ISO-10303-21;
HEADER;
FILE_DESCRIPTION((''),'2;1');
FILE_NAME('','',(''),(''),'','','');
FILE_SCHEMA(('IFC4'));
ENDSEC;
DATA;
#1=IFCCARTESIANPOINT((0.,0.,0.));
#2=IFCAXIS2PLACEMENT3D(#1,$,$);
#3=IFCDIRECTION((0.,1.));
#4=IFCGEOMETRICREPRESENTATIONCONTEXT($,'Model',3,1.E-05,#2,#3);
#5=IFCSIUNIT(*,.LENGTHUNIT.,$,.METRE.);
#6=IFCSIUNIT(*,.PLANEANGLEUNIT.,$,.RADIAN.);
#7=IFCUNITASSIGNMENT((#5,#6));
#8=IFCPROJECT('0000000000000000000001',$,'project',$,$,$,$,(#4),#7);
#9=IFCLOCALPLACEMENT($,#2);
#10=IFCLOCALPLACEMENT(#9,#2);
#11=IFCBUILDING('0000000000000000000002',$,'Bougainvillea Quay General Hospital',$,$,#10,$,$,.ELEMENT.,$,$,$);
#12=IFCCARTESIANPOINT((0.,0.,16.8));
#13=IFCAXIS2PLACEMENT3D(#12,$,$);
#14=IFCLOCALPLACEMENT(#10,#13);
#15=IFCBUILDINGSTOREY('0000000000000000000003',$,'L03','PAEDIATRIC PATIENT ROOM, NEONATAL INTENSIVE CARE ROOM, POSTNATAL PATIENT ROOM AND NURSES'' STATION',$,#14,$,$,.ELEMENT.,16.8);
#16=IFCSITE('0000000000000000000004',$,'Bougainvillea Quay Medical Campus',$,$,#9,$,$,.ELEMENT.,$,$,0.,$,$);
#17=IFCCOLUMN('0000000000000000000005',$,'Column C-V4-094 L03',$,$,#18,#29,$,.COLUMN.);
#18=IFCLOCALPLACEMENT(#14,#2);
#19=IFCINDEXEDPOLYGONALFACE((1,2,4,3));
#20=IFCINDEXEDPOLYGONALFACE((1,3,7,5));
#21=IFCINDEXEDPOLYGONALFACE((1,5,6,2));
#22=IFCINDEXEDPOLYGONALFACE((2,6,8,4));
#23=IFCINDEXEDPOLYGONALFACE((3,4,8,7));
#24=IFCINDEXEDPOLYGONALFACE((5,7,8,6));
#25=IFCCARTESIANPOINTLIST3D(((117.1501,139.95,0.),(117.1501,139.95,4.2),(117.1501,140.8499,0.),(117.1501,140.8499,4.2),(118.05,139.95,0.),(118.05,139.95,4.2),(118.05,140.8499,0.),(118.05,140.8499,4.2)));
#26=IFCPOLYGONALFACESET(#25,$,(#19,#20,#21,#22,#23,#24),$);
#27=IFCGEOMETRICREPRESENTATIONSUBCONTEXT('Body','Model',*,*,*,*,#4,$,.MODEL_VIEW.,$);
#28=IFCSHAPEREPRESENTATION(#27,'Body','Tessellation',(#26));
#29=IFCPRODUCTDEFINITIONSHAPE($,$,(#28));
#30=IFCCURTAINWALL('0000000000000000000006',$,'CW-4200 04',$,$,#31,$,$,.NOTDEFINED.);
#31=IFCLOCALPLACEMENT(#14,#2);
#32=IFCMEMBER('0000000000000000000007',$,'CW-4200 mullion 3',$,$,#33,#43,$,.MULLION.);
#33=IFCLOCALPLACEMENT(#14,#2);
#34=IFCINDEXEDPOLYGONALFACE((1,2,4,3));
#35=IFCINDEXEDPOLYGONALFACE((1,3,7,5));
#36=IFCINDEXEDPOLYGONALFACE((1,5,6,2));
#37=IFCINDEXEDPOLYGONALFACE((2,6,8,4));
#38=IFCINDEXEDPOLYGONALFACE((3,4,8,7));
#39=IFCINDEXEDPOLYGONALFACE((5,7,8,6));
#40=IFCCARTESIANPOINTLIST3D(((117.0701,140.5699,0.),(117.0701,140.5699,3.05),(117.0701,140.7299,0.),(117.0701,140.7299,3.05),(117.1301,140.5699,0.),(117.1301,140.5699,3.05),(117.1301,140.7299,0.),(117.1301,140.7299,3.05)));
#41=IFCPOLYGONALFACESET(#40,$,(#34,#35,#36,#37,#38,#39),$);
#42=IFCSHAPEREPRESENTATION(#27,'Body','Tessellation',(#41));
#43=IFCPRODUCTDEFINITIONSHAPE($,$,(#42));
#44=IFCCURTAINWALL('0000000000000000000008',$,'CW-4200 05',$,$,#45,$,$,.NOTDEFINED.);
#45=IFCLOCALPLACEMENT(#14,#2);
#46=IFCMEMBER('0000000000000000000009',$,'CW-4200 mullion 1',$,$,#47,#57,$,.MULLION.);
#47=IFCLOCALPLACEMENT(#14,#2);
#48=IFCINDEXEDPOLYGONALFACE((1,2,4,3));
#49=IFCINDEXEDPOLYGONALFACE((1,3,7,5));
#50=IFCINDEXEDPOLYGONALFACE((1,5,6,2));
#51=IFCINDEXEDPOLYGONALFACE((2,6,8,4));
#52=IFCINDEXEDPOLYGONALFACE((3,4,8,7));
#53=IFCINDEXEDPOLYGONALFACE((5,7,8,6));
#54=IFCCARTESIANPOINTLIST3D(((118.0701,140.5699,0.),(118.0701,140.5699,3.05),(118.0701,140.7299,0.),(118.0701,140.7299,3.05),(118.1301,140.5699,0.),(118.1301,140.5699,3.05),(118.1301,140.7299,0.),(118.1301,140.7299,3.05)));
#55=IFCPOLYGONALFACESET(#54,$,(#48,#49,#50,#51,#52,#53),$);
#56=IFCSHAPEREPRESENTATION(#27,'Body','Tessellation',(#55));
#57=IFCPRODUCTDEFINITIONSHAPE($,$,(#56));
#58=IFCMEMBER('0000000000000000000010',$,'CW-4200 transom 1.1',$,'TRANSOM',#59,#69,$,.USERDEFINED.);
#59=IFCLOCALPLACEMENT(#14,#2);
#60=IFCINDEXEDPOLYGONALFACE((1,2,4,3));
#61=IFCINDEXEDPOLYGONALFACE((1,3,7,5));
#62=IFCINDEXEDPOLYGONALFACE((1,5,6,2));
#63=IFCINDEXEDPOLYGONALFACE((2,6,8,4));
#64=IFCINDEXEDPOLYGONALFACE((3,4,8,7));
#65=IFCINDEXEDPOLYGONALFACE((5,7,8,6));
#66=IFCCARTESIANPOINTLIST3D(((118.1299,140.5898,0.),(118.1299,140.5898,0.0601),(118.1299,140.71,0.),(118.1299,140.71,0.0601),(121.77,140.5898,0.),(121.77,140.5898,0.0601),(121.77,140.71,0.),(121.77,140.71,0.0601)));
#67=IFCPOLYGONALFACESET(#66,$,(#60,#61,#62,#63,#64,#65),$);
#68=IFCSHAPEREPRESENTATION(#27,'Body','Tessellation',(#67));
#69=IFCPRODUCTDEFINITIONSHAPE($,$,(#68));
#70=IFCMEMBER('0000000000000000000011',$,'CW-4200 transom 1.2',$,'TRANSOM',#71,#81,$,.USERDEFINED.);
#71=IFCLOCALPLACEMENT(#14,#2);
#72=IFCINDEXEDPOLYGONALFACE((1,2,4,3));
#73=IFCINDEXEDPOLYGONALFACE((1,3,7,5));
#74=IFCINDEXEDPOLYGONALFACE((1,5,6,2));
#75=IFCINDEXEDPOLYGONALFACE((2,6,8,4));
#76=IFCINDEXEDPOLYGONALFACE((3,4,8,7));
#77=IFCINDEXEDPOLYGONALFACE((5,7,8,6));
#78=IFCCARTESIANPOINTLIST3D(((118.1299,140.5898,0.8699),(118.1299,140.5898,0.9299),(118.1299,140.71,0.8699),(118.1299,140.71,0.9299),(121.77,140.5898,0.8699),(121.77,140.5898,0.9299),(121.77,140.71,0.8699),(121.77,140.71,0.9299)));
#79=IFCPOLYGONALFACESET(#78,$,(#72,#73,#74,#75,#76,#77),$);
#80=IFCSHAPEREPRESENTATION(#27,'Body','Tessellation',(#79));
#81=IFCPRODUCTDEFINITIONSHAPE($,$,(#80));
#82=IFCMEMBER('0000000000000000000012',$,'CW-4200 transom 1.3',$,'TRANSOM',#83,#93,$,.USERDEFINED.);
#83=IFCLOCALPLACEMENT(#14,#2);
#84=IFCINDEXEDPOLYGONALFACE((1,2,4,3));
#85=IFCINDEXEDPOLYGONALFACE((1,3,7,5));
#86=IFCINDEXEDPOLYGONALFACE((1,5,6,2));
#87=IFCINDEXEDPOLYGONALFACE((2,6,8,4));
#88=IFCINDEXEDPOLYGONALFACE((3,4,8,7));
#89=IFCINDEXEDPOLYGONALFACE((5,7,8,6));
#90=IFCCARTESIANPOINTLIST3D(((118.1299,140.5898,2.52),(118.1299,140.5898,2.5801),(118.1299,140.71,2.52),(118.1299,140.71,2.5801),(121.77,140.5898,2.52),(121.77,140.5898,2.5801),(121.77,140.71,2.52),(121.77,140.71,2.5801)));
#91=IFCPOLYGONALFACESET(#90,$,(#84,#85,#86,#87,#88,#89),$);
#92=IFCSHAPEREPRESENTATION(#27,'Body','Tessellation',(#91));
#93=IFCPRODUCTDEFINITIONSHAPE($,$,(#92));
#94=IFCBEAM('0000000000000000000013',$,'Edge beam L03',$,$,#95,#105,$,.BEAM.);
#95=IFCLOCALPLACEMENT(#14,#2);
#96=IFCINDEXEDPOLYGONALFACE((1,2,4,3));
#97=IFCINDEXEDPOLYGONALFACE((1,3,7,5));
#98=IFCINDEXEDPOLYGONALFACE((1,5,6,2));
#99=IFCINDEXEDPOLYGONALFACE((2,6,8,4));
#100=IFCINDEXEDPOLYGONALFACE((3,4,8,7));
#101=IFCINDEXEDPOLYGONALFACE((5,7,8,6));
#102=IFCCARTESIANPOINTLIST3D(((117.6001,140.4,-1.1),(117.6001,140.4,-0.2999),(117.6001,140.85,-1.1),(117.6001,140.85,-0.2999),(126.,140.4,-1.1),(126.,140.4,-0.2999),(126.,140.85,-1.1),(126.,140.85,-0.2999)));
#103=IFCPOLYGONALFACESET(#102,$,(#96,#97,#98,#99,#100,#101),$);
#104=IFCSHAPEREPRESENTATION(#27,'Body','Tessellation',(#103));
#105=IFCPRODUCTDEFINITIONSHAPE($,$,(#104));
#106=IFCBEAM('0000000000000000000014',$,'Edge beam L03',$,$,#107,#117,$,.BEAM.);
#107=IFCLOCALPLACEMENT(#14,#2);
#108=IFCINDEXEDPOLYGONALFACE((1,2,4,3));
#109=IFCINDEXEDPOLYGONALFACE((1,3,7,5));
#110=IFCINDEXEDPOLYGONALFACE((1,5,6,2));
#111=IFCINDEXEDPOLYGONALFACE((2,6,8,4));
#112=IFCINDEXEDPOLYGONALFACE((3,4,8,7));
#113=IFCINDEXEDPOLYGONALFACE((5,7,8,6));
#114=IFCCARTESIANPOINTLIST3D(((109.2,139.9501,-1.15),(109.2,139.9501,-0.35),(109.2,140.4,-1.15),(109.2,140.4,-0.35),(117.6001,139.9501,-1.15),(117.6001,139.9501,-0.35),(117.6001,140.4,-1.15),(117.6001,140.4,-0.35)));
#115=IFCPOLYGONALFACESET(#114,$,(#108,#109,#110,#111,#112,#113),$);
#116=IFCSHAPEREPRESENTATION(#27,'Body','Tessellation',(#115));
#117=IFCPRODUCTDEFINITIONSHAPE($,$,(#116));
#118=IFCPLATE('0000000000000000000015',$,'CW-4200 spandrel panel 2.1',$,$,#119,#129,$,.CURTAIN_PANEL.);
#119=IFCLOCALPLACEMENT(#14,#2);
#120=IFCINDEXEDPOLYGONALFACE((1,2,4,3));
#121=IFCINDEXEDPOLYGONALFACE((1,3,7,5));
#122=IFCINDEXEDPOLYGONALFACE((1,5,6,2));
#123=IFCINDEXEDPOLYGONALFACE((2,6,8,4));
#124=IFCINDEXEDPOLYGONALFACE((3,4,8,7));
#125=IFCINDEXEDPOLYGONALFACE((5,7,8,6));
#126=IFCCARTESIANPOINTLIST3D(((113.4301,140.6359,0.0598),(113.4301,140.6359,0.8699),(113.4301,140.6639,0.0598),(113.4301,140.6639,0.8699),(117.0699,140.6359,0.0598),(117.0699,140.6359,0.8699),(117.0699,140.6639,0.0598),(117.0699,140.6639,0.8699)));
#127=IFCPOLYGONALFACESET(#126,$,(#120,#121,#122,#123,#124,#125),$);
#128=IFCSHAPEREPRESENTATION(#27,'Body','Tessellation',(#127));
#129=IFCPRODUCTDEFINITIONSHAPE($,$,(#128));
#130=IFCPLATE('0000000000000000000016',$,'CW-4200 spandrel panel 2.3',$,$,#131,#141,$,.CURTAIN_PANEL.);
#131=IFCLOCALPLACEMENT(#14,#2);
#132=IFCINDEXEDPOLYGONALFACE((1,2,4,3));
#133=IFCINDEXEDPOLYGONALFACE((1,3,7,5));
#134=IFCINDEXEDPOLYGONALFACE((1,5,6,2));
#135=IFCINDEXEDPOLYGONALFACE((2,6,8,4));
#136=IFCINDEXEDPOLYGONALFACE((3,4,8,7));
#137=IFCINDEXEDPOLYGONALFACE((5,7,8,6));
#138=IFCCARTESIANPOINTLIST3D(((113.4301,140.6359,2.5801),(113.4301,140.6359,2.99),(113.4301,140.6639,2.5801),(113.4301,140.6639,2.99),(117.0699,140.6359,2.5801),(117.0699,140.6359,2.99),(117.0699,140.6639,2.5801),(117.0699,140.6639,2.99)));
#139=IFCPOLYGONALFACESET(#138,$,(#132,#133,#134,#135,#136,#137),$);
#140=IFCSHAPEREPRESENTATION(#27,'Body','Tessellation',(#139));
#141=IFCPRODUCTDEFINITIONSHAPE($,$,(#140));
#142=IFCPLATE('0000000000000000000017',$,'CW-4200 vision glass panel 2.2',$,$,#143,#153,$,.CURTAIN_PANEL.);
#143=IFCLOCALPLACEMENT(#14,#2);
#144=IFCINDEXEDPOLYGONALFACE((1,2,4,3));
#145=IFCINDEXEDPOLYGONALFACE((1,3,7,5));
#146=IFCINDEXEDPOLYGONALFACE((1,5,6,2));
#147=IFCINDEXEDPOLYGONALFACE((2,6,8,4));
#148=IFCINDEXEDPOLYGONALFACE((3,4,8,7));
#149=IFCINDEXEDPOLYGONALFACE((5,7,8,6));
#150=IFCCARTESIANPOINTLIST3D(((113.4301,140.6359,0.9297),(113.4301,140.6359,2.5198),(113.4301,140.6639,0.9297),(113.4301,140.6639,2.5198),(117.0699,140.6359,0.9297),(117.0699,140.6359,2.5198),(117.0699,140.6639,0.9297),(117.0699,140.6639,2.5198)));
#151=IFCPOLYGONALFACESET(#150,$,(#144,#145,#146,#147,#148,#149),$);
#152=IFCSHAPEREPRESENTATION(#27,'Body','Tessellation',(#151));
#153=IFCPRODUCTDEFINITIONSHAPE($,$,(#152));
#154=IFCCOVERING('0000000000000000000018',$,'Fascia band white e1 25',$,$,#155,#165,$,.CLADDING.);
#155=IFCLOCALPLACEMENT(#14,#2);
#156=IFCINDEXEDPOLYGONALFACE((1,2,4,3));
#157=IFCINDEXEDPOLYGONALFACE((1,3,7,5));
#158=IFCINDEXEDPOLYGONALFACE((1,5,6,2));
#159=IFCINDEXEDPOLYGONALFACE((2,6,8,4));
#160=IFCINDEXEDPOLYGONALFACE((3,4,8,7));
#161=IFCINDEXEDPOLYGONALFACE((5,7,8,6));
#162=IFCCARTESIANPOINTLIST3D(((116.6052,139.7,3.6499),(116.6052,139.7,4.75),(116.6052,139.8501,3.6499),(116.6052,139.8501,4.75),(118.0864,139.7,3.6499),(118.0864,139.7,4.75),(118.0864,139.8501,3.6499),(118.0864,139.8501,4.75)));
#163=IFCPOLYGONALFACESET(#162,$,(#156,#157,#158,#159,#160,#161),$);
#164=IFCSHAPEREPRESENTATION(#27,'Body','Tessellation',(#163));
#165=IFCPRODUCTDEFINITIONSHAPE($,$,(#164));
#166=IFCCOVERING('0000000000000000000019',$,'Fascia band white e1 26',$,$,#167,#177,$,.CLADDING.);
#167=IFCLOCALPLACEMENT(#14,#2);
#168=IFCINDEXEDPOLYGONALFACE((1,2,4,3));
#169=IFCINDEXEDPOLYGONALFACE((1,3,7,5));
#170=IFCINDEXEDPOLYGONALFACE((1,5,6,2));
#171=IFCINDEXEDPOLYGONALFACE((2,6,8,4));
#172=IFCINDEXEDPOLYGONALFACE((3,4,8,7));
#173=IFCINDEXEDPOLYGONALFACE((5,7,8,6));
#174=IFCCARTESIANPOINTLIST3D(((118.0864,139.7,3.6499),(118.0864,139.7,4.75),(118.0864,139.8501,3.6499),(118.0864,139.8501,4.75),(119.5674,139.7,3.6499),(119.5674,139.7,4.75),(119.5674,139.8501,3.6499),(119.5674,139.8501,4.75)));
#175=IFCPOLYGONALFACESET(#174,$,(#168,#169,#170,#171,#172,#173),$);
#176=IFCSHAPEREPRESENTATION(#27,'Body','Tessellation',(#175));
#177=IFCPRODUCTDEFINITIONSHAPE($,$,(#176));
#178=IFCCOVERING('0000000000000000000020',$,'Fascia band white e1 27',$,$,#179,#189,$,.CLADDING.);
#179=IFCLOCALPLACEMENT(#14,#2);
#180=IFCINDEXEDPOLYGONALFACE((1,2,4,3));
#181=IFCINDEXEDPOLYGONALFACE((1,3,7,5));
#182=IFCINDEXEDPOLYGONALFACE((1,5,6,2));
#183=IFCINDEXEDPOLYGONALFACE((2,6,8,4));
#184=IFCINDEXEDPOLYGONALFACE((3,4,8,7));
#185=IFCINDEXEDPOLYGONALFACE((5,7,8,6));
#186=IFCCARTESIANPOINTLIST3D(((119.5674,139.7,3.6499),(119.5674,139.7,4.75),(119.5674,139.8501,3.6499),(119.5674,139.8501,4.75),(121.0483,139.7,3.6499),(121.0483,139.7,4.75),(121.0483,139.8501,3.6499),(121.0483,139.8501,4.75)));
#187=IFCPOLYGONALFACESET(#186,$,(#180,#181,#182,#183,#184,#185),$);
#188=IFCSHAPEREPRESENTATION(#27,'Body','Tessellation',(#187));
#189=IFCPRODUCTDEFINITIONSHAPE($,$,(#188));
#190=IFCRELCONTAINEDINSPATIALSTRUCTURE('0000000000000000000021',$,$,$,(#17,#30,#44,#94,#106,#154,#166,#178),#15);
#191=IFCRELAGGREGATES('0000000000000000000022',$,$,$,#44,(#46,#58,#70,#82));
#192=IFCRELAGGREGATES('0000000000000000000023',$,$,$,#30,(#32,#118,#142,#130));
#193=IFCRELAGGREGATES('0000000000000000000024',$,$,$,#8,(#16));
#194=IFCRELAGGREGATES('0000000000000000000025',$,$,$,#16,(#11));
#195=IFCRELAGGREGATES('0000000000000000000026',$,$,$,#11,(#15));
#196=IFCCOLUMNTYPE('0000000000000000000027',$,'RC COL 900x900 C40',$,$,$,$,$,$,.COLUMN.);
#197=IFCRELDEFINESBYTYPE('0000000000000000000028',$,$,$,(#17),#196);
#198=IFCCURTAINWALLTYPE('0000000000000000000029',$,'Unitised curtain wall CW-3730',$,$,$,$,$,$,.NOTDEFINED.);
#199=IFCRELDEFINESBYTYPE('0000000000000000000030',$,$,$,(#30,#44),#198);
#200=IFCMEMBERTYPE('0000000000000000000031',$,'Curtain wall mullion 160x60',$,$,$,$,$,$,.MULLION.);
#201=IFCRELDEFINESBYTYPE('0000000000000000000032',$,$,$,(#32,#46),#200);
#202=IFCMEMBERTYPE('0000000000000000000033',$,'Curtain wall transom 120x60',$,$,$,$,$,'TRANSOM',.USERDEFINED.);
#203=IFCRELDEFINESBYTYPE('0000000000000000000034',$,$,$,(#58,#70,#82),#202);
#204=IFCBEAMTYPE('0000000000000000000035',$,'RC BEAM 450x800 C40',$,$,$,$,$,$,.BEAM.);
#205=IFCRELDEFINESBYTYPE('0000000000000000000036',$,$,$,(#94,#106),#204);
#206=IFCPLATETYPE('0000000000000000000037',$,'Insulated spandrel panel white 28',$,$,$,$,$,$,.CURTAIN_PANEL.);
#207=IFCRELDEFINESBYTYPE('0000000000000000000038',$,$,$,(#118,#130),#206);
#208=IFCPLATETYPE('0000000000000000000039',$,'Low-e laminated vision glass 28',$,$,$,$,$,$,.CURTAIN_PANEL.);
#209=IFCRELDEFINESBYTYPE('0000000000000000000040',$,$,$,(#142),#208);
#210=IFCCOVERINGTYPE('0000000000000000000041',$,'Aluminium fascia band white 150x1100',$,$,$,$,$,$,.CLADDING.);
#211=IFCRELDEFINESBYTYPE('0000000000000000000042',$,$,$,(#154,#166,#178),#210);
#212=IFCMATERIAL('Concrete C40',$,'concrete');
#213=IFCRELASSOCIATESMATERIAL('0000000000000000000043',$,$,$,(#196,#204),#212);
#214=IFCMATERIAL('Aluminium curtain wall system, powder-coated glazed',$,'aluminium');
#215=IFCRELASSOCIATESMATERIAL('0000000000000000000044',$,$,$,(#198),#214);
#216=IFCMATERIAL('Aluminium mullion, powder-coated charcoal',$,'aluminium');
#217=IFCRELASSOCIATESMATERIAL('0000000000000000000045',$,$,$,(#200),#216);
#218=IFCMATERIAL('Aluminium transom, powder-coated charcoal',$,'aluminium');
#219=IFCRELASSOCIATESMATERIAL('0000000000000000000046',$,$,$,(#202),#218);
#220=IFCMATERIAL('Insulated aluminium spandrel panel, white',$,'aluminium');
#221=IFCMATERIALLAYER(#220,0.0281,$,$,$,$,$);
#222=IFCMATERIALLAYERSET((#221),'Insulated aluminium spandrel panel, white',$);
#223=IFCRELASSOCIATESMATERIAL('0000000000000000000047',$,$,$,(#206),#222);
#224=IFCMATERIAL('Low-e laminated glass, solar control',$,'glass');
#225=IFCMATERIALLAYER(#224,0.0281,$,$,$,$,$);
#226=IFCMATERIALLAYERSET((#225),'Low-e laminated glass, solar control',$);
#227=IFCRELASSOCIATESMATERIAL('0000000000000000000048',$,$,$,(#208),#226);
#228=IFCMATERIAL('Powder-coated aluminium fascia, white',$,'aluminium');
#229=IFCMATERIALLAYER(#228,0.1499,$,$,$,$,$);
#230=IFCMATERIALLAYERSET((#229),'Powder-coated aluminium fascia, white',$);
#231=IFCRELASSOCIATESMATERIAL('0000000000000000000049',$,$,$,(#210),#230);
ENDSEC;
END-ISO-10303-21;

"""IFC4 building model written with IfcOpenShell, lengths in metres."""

from ifc_helpers import new_model, si_unit, direction, frame, origin, origin_2d, place, context, subcontext, project, spatial, polyline, rectangle, outline, extrude, material, layer, layer_set, material_profile, profile_set, type_object, element, aggregate, save


model = new_model("IFC4")

# Units and contexts
model_context = context("Model", 3, precision=1e-05, world=origin(), true_north=direction((0.0, 1.0)))
body_context = subcontext(model_context, "Body", "Model", "MODEL_VIEW")
ifc_project = project(units=[si_unit("LENGTHUNIT", "METRE"), si_unit("PLANEANGLEUNIT", "RADIAN")], contexts=[model_context])

# Site, building, storey
site_placement = place(None, origin())
site = spatial("IfcSite", under=ifc_project, at=site_placement, Name="Bougainvillea Quay Medical Campus", CompositionType="ELEMENT", RefElevation=0.0)
building_placement = place(site_placement, origin())
building = spatial("IfcBuilding", under=site, at=building_placement, Name="Bougainvillea Quay General Hospital", CompositionType="ELEMENT")
storey_placement = place(building_placement, frame((0.0, 0.0, 16.8)))
storey = spatial("IfcBuildingStorey", under=building, at=storey_placement, Name="L03", Description="PAEDIATRIC PATIENT ROOM, NEONATAL INTENSIVE CARE ROOM, POSTNATAL PATIENT ROOM AND NURSES' STATION", CompositionType="ELEMENT", Elevation=16.8)

# Column
ifc_material_1 = material(Name="Concrete C40", Category="concrete")
ifc_material_profile_1 = material_profile(ifc_material_1, rectangle(XDim=0.8999, YDim=0.8999, at=origin_2d()))
ifc_profile_set_1 = profile_set([ifc_material_profile_1], Name="Concrete C40")
column_type = type_object("IfcColumnType", Name="RC COL 900x900 C40", PredefinedType="COLUMN", material=ifc_profile_set_1)
column_placement = place(storey_placement, frame((117.6001, 140.3999, 0.0), z_axis=(0.0, 0.0, 1.0), x_axis=(1.0, 0.0, 0.0)))
element("IfcColumn", 1, at=column_placement, inside=storey, type_object=column_type, Name="Column C-V4-094 L03", PredefinedType="COLUMN", context=body_context, shape_type="SweptSolid", body=[
    extrude(rectangle(XDim=0.8999, YDim=0.8999, at=origin_2d()), origin(), (0.0, 0.0, 1.0), 4.2),
])

# Curtain wall, member
ifc_material_2 = material(Name="Aluminium curtain wall system, powder-coated glazed", Category="aluminium")
curtain_wall_type = type_object("IfcCurtainWallType", Name="Unitised curtain wall CW-3730", PredefinedType="NOTDEFINED", material=ifc_material_2)
curtain_wall_1_placement = place(storey_placement, origin())
curtain_wall_1 = element("IfcCurtainWall", 2, at=curtain_wall_1_placement, inside=storey, type_object=curtain_wall_type, Name="CW-4200 04", PredefinedType="NOTDEFINED")
ifc_material_3 = material(Name="Aluminium mullion, powder-coated charcoal", Category="aluminium")
ifc_material_profile_2 = material_profile(ifc_material_3, rectangle(XDim=0.1599, YDim=0.0601, at=origin_2d()))
ifc_profile_set_2 = profile_set([ifc_material_profile_2], Name="Aluminium mullion, powder-coated charcoal")
member_type_1 = type_object("IfcMemberType", Name="Curtain wall mullion 160x60", PredefinedType="MULLION", material=ifc_profile_set_2)
member_1_placement = place(storey_placement, frame((117.1001, 140.6499, 0.0), z_axis=(0.0, 0.0, 1.0), x_axis=(0.0, 1.0, 0.0)))
member_1 = element("IfcMember", 3, at=member_1_placement, type_object=member_type_1, Name="CW-4200 mullion 3", PredefinedType="MULLION", context=body_context, shape_type="SweptSolid", body=[
    extrude(rectangle(XDim=0.1599, YDim=0.0601, at=origin_2d()), origin(), (0.0, 0.0, 1.0), 3.05),
])

# Curtain wall, members
curtain_wall_2_placement = place(storey_placement, origin())
curtain_wall_2 = element("IfcCurtainWall", 4, at=curtain_wall_2_placement, inside=storey, type_object=curtain_wall_type, Name="CW-4200 05", PredefinedType="NOTDEFINED")
member_2_placement = place(storey_placement, frame((118.1001, 140.6499, 0.0), z_axis=(0.0, 0.0, 1.0), x_axis=(0.0, 1.0, 0.0)))
member_2 = element("IfcMember", 5, at=member_2_placement, type_object=member_type_1, Name="CW-4200 mullion 1", PredefinedType="MULLION", context=body_context, shape_type="SweptSolid", body=[
    extrude(rectangle(XDim=0.1599, YDim=0.0601, at=origin_2d()), origin(), (0.0, 0.0, 1.0), 3.05),
])
ifc_material_4 = material(Name="Aluminium transom, powder-coated charcoal", Category="aluminium")
ifc_material_profile_3 = material_profile(ifc_material_4, rectangle(XDim=0.1201, YDim=0.0601, at=origin_2d()))
ifc_profile_set_3 = profile_set([ifc_material_profile_3], Name="Aluminium transom, powder-coated charcoal")
member_type_2 = type_object("IfcMemberType", Name="Curtain wall transom 120x60", ElementType="TRANSOM", PredefinedType="USERDEFINED", material=ifc_profile_set_3)
member_3_placement = place(storey_placement, frame((118.1299, 140.6499, 0.03), z_axis=(1.0, 0.0, 0.0), x_axis=(0.0, 1.0, 0.0)))
member_3 = element("IfcMember", 6, at=member_3_placement, type_object=member_type_2, Name="CW-4200 transom 1.1", ObjectType="TRANSOM", PredefinedType="USERDEFINED", context=body_context, shape_type="SweptSolid", body=[
    extrude(rectangle(XDim=0.1201, YDim=0.0601, at=origin_2d()), origin(), (0.0, 0.0, 1.0), 3.6401),
])
member_4_placement = place(storey_placement, frame((118.1299, 140.6499, 0.8999), z_axis=(1.0, 0.0, 0.0), x_axis=(0.0, 1.0, 0.0)))
member_4 = element("IfcMember", 7, at=member_4_placement, type_object=member_type_2, Name="CW-4200 transom 1.2", ObjectType="TRANSOM", PredefinedType="USERDEFINED", context=body_context, shape_type="SweptSolid", body=[
    extrude(rectangle(XDim=0.1201, YDim=0.0601, at=origin_2d()), origin(), (0.0, 0.0, 1.0), 3.6401),
])
member_5_placement = place(storey_placement, frame((118.1299, 140.6499, 2.55), z_axis=(1.0, 0.0, 0.0), x_axis=(0.0, 1.0, 0.0)))
member_5 = element("IfcMember", 8, at=member_5_placement, type_object=member_type_2, Name="CW-4200 transom 1.3", ObjectType="TRANSOM", PredefinedType="USERDEFINED", context=body_context, shape_type="SweptSolid", body=[
    extrude(rectangle(XDim=0.1201, YDim=0.0601, at=origin_2d()), origin(), (0.0, 0.0, 1.0), 3.6401),
])
aggregate(curtain_wall_2, [member_2, member_3, member_4, member_5])

# Beams
ifc_material_profile_4 = material_profile(ifc_material_1, rectangle(XDim=0.45, YDim=0.8, at=origin_2d()))
ifc_profile_set_4 = profile_set([ifc_material_profile_4], Name="Concrete C40")
beam_type = type_object("IfcBeamType", Name="RC BEAM 450x800 C40", PredefinedType="BEAM", material=ifc_profile_set_4)
beam_1_placement = place(storey_placement, frame((117.6001, 140.625, -0.7), z_axis=(1.0, 0.0, 0.0), x_axis=(0.0, 1.0, 0.0)))
element("IfcBeam", 9, at=beam_1_placement, inside=storey, type_object=beam_type, Name="Edge beam L03", PredefinedType="BEAM", context=body_context, shape_type="SweptSolid", body=[
    extrude(rectangle(XDim=0.45, YDim=0.8, at=origin_2d()), origin(), (0.0, 0.0, 1.0), 8.3999),
])
beam_2_placement = place(storey_placement, frame((117.6001, 140.175, -0.75), z_axis=(-1.0, 0.0, 0.0), x_axis=(0.0, -1.0, 0.0)))
element("IfcBeam", 10, at=beam_2_placement, inside=storey, type_object=beam_type, Name="Edge beam L03", PredefinedType="BEAM", context=body_context, shape_type="SweptSolid", body=[
    extrude(rectangle(XDim=0.45, YDim=0.8, at=origin_2d()), origin(), (0.0, 0.0, 1.0), 8.4001),
])

# Plates
ifc_material_5 = material(Name="Insulated aluminium spandrel panel, white", Category="aluminium")
ifc_layer_1 = layer(ifc_material_5, 0.0281)
ifc_layer_set_1 = layer_set([ifc_layer_1], Name="Insulated aluminium spandrel panel, white")
plate_type_1 = type_object("IfcPlateType", Name="Insulated spandrel panel white 28", PredefinedType="CURTAIN_PANEL", material=ifc_layer_set_1)
plate_1_placement = place(storey_placement, frame((115.25, 140.6499, 0.0598), z_axis=(0.0, 0.0, 1.0), x_axis=(1.0, 0.0, 0.0)))
plate_1 = element("IfcPlate", 11, at=plate_1_placement, type_object=plate_type_1, Name="CW-4200 spandrel panel 2.1", PredefinedType="CURTAIN_PANEL", context=body_context, shape_type="SweptSolid", body=[
    extrude(rectangle(XDim=3.6399, YDim=0.0281, at=origin_2d()), origin(), (0.0, 0.0, 1.0), 0.8101),
])
plate_2_placement = place(storey_placement, frame((115.25, 140.6499, 2.5801), z_axis=(0.0, 0.0, 1.0), x_axis=(1.0, 0.0, 0.0)))
plate_2 = element("IfcPlate", 12, at=plate_2_placement, type_object=plate_type_1, Name="CW-4200 spandrel panel 2.3", PredefinedType="CURTAIN_PANEL", context=body_context, shape_type="SweptSolid", body=[
    extrude(rectangle(XDim=3.6399, YDim=0.0281, at=origin_2d()), origin(), (0.0, 0.0, 1.0), 0.4099),
])
ifc_material_6 = material(Name="Low-e laminated glass, solar control", Category="glass")
ifc_layer_2 = layer(ifc_material_6, 0.0281)
ifc_layer_set_2 = layer_set([ifc_layer_2], Name="Low-e laminated glass, solar control")
plate_type_2 = type_object("IfcPlateType", Name="Low-e laminated vision glass 28", PredefinedType="CURTAIN_PANEL", material=ifc_layer_set_2)
plate_3_placement = place(storey_placement, frame((115.25, 140.6499, 0.9297), z_axis=(0.0, 0.0, 1.0), x_axis=(1.0, 0.0, 0.0)))
plate_3 = element("IfcPlate", 13, at=plate_3_placement, type_object=plate_type_2, Name="CW-4200 vision glass panel 2.2", PredefinedType="CURTAIN_PANEL", context=body_context, shape_type="SweptSolid", body=[
    extrude(rectangle(XDim=3.6399, YDim=0.0281, at=origin_2d()), origin(), (0.0, 0.0, 1.0), 1.5901),
])
aggregate(curtain_wall_1, [member_1, plate_1, plate_3, plate_2])

# Coverings
ifc_material_7 = material(Name="Powder-coated aluminium fascia, white", Category="aluminium")
ifc_layer_3 = layer(ifc_material_7, 0.1499)
ifc_layer_set_3 = layer_set([ifc_layer_3], Name="Powder-coated aluminium fascia, white")
covering_type = type_object("IfcCoveringType", Name="Aluminium fascia band white 150x1100", PredefinedType="CLADDING", material=ifc_layer_set_3)
covering_1_placement = place(storey_placement, frame((116.6052, 139.8501, 3.6499), z_axis=(0.0, 0.0, 1.0), x_axis=(1.0, 0.0, 0.0)))
element("IfcCovering", 14, at=covering_1_placement, inside=storey, type_object=covering_type, Name="Fascia band white e1 25", PredefinedType="CLADDING", context=body_context, shape_type="SweptSolid", body=[
    extrude(outline(polyline([(0.0, 0.0), (1.4812, 0.0), (1.4812, -0.1501), (0.0, -0.1501), (0.0, 0.0)])), origin(), (0.0, 0.0, 1.0), 1.1001),
])
for number, where, z_axis, x_axis, name in (
    (15, (118.0864, 139.8501, 3.6499), (0.0, 0.0, 1.0), (1.0, 0.0, 0.0), "Fascia band white e1 26"),
    (16, (119.5674, 139.8501, 3.6499), (0.0, 0.0, 1.0), (1.0, 0.0, 0.0), "Fascia band white e1 27"),
):
    element("IfcCovering", number, at=place(storey_placement, frame(where, z_axis=z_axis, x_axis=x_axis)), inside=storey, type_object=covering_type, Name=name, PredefinedType="CLADDING", context=body_context, shape_type="SweptSolid", body=[
        extrude(outline(polyline([(0.0, 0.0), (1.481, 0.0), (1.481, -0.1501), (0.0, -0.1501), (0.0, 0.0)])), origin(), (0.0, 0.0, 1.0), 1.1001),
    ])

save(model, "model.ifc")
